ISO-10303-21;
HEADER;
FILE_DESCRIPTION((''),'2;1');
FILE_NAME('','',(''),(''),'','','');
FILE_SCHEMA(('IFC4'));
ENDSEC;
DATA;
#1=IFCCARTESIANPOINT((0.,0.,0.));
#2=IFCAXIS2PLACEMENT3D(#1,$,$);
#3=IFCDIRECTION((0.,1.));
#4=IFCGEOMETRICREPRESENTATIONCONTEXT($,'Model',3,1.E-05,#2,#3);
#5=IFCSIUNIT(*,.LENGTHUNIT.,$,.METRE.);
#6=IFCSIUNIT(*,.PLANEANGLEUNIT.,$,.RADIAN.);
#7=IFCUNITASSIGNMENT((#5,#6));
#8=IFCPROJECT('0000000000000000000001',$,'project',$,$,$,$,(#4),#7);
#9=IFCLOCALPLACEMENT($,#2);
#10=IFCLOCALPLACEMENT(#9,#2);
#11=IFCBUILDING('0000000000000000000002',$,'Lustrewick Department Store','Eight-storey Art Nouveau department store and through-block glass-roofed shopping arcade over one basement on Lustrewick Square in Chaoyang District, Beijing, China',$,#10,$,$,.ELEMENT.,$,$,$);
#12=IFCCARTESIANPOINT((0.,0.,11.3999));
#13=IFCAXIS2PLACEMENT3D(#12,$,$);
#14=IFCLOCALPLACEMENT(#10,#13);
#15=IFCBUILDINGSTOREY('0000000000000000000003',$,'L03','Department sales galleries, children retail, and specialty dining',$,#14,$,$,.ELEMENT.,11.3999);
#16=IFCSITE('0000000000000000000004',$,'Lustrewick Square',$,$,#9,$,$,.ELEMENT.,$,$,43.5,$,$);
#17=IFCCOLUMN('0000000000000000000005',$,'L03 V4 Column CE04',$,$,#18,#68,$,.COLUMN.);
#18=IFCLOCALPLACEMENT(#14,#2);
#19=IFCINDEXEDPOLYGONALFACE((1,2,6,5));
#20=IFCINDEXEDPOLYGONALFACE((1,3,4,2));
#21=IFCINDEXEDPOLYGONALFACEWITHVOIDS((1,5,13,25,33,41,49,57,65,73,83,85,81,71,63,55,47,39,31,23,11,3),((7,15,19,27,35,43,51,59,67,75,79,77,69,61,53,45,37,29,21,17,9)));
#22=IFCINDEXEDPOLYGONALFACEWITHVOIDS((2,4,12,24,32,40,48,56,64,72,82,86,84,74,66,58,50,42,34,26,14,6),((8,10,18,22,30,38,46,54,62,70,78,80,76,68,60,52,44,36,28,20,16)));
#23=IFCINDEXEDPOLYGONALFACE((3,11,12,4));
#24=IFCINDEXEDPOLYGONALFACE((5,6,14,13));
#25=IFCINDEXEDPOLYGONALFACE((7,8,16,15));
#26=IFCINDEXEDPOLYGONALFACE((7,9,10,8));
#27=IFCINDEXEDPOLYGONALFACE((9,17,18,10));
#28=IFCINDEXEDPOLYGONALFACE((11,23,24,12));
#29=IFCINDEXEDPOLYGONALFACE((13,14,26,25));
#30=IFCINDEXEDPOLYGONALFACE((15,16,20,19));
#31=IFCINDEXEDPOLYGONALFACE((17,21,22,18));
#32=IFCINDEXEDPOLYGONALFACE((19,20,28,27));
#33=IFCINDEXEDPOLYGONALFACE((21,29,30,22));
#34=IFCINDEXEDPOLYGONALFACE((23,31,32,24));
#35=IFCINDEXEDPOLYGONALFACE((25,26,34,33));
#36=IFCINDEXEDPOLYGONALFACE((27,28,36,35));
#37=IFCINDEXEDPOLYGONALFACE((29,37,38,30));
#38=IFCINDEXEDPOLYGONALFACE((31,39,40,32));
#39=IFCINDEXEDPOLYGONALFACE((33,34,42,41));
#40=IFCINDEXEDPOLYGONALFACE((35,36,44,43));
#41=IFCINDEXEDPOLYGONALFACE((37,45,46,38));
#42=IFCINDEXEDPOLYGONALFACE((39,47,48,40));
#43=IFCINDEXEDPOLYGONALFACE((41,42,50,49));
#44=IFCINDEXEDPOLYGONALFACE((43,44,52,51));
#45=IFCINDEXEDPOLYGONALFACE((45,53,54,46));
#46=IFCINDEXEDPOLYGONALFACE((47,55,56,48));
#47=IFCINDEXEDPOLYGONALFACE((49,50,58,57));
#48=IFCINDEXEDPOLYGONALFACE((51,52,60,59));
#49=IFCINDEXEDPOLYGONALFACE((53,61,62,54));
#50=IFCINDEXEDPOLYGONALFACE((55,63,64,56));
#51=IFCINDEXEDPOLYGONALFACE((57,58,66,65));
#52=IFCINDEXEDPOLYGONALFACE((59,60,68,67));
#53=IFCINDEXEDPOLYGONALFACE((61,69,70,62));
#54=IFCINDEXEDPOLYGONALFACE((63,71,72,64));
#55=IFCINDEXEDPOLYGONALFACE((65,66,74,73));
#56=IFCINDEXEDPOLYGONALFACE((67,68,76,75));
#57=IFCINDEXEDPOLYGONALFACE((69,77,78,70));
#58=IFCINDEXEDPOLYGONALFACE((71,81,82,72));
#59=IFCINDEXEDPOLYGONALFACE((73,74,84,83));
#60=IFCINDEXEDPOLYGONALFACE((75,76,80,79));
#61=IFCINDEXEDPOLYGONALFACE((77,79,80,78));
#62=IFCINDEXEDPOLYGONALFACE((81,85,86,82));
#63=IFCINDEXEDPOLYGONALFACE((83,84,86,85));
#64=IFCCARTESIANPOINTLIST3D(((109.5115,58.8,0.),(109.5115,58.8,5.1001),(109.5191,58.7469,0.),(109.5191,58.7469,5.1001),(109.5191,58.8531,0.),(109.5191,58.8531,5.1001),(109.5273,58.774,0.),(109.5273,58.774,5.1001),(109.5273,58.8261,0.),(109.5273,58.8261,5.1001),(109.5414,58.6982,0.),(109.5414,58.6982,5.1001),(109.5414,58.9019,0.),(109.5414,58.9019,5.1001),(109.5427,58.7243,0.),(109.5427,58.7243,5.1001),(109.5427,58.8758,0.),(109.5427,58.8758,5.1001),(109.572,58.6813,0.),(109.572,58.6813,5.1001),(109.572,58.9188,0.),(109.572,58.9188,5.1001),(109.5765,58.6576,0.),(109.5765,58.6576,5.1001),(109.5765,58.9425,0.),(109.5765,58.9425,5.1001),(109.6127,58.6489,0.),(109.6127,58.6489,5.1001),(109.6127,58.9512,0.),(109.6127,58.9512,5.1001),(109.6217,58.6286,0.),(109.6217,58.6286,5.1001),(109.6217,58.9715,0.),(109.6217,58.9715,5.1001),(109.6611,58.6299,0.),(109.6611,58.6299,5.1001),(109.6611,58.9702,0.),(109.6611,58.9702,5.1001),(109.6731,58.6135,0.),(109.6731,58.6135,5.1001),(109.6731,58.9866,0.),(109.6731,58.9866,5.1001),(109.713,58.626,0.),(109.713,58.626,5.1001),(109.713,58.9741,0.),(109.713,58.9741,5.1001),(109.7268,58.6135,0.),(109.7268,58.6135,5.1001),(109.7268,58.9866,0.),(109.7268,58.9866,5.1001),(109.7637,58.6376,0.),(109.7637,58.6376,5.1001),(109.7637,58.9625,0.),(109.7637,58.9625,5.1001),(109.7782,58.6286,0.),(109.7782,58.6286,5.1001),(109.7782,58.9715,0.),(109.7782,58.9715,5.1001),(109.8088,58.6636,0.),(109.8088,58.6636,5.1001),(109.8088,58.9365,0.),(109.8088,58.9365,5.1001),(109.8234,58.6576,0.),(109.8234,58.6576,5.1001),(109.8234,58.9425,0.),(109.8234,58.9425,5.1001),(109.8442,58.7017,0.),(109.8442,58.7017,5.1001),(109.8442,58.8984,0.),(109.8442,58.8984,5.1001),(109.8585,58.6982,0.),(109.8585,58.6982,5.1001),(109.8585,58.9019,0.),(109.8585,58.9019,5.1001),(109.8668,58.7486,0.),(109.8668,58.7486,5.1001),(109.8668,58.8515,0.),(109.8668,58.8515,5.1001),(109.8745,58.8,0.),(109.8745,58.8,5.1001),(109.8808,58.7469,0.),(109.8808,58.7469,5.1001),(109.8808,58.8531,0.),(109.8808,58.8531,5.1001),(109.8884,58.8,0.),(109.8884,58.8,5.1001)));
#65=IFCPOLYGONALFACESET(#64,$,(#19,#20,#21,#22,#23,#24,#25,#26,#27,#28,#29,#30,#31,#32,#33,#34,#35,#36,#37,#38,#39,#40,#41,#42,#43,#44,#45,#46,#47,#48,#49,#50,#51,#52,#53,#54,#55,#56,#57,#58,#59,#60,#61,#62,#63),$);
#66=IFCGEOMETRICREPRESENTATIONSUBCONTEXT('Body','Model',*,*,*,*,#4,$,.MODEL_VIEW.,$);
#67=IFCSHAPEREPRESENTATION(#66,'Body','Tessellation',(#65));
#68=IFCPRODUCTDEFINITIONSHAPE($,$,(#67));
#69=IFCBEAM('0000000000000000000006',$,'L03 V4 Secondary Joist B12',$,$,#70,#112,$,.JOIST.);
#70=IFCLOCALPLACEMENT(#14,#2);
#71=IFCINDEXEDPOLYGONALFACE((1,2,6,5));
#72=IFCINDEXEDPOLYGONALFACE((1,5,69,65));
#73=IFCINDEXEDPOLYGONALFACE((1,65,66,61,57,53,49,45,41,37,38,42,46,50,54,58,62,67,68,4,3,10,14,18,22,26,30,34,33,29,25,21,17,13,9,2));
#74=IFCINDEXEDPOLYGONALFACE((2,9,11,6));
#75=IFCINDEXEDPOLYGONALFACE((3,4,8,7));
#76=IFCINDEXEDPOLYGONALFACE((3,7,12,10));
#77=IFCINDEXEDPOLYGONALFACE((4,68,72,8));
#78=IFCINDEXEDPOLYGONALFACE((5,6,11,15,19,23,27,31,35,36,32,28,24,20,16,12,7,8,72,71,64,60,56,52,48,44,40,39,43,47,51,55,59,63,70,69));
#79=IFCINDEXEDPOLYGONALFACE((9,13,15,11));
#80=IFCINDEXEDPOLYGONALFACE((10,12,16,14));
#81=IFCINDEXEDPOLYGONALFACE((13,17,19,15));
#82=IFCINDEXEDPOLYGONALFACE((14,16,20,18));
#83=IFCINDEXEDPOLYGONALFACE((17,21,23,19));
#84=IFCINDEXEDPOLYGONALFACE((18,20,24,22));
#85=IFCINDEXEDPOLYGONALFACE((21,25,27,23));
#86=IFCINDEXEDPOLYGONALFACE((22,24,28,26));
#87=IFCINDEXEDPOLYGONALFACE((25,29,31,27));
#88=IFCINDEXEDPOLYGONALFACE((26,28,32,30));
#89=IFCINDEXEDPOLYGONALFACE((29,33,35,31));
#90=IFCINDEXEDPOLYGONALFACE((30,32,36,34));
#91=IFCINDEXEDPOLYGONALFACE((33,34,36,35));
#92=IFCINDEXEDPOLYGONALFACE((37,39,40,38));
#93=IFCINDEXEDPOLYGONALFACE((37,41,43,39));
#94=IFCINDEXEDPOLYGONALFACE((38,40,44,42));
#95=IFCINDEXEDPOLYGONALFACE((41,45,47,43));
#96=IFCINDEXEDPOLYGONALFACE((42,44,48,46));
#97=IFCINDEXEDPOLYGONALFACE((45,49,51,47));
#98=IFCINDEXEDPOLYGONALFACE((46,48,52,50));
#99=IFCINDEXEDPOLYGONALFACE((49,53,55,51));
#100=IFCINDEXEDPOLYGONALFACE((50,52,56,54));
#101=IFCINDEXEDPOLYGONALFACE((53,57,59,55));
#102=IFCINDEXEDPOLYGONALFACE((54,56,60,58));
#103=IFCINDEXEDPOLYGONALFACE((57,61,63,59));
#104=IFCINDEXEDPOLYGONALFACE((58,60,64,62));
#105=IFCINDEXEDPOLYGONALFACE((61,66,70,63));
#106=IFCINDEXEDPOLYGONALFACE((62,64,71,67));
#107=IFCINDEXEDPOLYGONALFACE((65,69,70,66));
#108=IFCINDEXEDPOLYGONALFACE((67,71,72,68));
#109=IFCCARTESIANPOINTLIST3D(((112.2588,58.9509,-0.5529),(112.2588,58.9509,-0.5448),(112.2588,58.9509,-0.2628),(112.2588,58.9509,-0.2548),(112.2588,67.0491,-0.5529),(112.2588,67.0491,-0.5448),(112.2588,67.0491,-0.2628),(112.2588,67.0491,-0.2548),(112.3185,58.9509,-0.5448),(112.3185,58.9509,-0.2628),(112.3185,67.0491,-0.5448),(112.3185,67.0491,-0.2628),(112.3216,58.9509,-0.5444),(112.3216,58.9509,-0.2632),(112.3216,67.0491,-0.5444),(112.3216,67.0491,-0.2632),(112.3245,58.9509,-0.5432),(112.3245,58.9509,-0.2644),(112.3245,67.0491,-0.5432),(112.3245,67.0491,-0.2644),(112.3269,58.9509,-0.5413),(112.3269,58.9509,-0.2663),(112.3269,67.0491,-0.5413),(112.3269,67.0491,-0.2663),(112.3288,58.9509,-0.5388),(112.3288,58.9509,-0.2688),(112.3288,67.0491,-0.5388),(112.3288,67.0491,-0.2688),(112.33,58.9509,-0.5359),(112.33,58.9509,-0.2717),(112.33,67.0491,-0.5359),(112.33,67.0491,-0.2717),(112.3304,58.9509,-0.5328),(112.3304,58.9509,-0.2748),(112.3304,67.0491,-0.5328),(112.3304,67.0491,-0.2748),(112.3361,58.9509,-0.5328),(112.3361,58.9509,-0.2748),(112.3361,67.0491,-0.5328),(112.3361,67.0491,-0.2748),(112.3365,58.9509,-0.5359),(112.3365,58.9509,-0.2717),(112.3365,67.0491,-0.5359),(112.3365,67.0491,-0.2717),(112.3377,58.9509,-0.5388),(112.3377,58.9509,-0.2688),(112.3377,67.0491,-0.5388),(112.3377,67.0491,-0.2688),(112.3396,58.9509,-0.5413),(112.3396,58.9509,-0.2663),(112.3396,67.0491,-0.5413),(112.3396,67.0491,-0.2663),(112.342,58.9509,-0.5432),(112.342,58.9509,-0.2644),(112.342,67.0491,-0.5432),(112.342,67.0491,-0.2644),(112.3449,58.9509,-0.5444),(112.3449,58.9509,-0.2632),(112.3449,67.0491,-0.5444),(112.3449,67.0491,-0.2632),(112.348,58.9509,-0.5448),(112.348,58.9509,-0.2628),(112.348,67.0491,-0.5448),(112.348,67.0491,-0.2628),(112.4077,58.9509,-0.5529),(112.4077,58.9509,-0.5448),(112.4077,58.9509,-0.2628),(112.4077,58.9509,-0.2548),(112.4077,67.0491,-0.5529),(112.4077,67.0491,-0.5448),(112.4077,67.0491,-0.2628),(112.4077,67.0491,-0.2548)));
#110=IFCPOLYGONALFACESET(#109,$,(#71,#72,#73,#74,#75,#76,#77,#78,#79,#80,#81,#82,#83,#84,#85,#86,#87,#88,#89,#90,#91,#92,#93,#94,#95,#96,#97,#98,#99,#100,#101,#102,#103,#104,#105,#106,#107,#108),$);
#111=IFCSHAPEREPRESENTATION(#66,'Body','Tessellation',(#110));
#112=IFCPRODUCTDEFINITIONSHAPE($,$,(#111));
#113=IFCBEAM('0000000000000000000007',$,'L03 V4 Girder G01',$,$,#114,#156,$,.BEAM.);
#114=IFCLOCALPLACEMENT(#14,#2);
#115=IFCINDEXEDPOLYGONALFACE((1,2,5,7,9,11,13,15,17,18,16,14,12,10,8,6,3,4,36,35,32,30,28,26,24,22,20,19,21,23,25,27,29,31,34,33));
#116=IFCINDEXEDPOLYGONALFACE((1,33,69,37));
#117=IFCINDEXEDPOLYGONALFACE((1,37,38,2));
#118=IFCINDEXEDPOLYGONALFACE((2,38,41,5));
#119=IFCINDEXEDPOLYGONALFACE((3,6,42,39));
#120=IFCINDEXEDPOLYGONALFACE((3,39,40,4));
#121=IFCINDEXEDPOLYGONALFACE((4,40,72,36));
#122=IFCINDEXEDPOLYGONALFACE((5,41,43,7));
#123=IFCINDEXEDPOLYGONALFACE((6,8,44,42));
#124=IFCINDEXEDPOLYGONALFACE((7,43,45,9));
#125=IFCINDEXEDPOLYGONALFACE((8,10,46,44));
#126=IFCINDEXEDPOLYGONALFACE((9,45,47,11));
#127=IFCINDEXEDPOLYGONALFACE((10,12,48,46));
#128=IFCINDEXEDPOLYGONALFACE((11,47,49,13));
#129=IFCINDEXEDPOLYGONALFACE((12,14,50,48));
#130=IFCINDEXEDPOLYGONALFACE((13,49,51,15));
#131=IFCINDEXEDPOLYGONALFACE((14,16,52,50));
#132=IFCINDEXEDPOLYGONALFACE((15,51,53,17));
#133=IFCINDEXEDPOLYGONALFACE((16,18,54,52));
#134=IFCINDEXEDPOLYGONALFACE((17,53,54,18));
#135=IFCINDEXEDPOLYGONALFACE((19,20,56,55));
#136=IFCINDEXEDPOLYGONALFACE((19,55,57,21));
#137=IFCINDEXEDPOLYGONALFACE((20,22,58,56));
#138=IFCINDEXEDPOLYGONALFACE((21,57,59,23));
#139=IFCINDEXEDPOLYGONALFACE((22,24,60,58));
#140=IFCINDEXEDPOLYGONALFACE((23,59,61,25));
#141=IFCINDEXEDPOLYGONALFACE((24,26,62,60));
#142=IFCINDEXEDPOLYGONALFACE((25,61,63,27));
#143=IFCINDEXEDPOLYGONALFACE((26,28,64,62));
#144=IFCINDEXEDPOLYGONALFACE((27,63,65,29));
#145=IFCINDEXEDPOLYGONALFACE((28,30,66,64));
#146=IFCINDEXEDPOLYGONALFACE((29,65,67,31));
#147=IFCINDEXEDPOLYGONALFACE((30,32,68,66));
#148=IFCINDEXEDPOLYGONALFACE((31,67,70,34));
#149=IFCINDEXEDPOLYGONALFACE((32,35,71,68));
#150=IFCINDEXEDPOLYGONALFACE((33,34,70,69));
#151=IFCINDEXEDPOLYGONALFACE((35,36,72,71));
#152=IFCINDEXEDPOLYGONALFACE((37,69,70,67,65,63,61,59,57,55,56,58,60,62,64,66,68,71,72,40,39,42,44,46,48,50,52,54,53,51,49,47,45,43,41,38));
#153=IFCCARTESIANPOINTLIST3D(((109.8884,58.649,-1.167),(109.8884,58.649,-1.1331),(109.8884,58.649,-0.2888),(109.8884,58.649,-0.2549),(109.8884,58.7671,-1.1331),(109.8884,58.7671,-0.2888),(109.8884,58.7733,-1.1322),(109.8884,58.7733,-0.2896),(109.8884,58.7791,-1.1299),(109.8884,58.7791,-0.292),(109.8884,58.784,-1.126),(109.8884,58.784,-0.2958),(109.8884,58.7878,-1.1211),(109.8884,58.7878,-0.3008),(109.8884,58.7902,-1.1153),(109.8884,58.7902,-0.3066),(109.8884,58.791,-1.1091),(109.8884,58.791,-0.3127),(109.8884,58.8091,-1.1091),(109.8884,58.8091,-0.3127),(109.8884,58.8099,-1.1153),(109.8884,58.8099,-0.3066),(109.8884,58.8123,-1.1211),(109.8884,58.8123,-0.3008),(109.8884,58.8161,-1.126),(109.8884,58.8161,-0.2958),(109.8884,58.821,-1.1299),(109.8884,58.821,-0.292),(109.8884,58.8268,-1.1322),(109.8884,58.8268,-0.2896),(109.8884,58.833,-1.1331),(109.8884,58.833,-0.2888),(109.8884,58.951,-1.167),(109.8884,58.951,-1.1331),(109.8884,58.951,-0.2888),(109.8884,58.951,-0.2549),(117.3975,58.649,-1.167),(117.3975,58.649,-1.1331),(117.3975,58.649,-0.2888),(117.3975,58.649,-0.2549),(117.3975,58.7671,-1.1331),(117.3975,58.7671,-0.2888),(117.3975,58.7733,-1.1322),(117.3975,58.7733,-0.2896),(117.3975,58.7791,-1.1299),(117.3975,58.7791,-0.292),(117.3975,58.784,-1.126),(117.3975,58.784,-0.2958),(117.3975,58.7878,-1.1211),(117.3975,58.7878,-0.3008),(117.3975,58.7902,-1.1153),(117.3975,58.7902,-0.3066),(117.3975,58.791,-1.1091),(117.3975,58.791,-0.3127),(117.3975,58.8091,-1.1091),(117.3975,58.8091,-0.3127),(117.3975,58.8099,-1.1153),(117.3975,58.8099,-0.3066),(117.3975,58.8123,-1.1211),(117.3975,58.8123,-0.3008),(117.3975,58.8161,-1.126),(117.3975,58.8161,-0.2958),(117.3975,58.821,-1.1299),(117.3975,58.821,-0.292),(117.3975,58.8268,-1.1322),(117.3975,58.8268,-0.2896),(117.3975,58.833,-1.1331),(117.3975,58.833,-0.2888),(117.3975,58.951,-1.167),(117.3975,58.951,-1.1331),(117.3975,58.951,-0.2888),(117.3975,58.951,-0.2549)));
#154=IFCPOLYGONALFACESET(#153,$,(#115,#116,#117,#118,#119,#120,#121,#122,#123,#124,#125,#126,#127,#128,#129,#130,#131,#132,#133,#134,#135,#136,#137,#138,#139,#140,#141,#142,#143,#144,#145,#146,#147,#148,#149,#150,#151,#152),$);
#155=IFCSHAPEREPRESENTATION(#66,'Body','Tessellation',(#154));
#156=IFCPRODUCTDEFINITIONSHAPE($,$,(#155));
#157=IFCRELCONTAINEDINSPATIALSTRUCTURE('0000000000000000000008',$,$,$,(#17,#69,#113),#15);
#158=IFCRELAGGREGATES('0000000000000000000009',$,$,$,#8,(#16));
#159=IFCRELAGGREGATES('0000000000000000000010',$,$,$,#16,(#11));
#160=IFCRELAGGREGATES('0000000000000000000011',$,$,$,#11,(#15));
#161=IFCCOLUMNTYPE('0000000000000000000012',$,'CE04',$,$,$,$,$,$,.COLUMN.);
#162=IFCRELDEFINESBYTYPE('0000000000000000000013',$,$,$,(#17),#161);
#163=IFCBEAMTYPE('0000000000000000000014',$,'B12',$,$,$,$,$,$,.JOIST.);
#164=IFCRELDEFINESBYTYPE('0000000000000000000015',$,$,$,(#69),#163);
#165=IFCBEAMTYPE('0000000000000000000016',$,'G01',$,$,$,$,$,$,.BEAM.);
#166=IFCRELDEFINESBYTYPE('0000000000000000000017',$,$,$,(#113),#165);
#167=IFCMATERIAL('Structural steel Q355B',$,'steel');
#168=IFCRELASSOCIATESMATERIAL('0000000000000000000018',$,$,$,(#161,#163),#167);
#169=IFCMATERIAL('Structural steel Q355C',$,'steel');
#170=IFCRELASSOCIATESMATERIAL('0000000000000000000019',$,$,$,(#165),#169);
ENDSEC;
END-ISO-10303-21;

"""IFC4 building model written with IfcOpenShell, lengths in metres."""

from ifc_helpers import new_model, si_unit, direction, frame, origin, origin_2d, place, context, subcontext, project, spatial, hollow_circle, i_section, extrude, material, material_profile, profile_set, type_object, element, save


model = new_model("IFC4")

# Units and contexts
model_context = context("Model", 3, precision=1e-05, world=origin(), true_north=direction((0.0, 1.0)))
body_context = subcontext(model_context, "Body", "Model", "MODEL_VIEW")
ifc_project = project(units=[si_unit("LENGTHUNIT", "METRE"), si_unit("PLANEANGLEUNIT", "RADIAN")], contexts=[model_context])

# Site, building, storey
site_placement = place(None, origin())
site = spatial("IfcSite", under=ifc_project, at=site_placement, Name="Lustrewick Square", CompositionType="ELEMENT", RefElevation=43.5)
building_placement = place(site_placement, origin())
building = spatial("IfcBuilding", under=site, at=building_placement, Name="Lustrewick Department Store", Description="Eight-storey Art Nouveau department store and through-block glass-roofed shopping arcade over one basement on Lustrewick Square in Chaoyang District, Beijing, China", CompositionType="ELEMENT")
storey_placement = place(building_placement, frame((0.0, 0.0, 11.3999)))
storey = spatial("IfcBuildingStorey", under=building, at=storey_placement, Name="L03", Description="Department sales galleries, children retail, and specialty dining", CompositionType="ELEMENT", Elevation=11.3999)

# Column
ifc_material_1 = material(Name="Structural steel Q355C", Category="steel")
ifc_material_2 = material(Name="Structural steel Q355B", Category="steel")
ifc_material_profile_1 = material_profile(ifc_material_2, hollow_circle(Radius=0.1885, WallThickness=0.0139, at=origin_2d()), Name="CHS 377x14")
ifc_profile_set_1 = profile_set([ifc_material_profile_1], Name="Structural steel Q355B")
column_type_1 = type_object("IfcColumnType", Name="CE04", PredefinedType="COLUMN", material=ifc_profile_set_1)
for number, where, z_axis, x_axis, name in (
    (1, (109.7, 58.8, 0.0), (0.0, 0.0, 1.0), (1.0, 0.0, 0.0), "L03 V4 Column CE04"),
):
    element("IfcColumn", number, at=place(storey_placement, frame(where, z_axis=z_axis, x_axis=x_axis)), inside=storey, type_object=column_type_1, Name=name, PredefinedType="COLUMN", context=body_context, shape_type="SweptSolid", body=[
        extrude(hollow_circle(Radius=0.1885, WallThickness=0.0139, at=origin_2d()), origin(), (0.0, 0.0, 1.0), 5.1001),
    ])

# Beams
ifc_material_profile_2 = material_profile(ifc_material_2, i_section(OverallWidth=0.1489, OverallDepth=0.2981, WebThickness=0.0056, FlangeThickness=0.0081, FilletRadius=0.012, at=origin_2d()), Name="HN 298x149x5.5x8")
ifc_profile_set_2 = profile_set([ifc_material_profile_2], Name="Structural steel Q355B")
beam_type_1 = type_object("IfcBeamType", Name="B12", PredefinedType="JOIST", material=ifc_profile_set_2)
beam_1_placement = place(storey_placement, frame((112.3333, 58.9509, -0.4038), z_axis=(0.0, 1.0, 0.0), x_axis=(-1.0, 0.0, 0.0)))
element("IfcBeam", 2, at=beam_1_placement, inside=storey, type_object=beam_type_1, Name="L03 V4 Secondary Joist B12", PredefinedType="JOIST", context=body_context, shape_type="SweptSolid", body=[
    extrude(i_section(OverallWidth=0.1489, OverallDepth=0.2981, WebThickness=0.0056, FlangeThickness=0.0081, FilletRadius=0.012, at=origin_2d()), origin(), (0.0, 0.0, 1.0), 8.0981),
])
ifc_material_profile_3 = material_profile(ifc_material_1, i_section(OverallWidth=0.302, OverallDepth=0.9121, WebThickness=0.0181, FlangeThickness=0.0339, FilletRadius=0.0239, at=origin_2d()), Name="HN 912x302x18x34")
ifc_profile_set_3 = profile_set([ifc_material_profile_3], Name="Structural steel Q355C")
beam_type_2 = type_object("IfcBeamType", Name="G01", PredefinedType="BEAM", material=ifc_profile_set_3)
beam_2_placement = place(storey_placement, frame((109.8884, 58.8, -0.7109), z_axis=(1.0, 0.0, 0.0), x_axis=(0.0, 1.0, 0.0)))
element("IfcBeam", 3, at=beam_2_placement, inside=storey, type_object=beam_type_2, Name="L03 V4 Girder G01", PredefinedType="BEAM", context=body_context, shape_type="SweptSolid", body=[
    extrude(i_section(OverallWidth=0.302, OverallDepth=0.9121, WebThickness=0.0181, FlangeThickness=0.0339, FilletRadius=0.0239, at=origin_2d()), origin(), (0.0, 0.0, 1.0), 7.509),
])

save(model, "model.ifc")
